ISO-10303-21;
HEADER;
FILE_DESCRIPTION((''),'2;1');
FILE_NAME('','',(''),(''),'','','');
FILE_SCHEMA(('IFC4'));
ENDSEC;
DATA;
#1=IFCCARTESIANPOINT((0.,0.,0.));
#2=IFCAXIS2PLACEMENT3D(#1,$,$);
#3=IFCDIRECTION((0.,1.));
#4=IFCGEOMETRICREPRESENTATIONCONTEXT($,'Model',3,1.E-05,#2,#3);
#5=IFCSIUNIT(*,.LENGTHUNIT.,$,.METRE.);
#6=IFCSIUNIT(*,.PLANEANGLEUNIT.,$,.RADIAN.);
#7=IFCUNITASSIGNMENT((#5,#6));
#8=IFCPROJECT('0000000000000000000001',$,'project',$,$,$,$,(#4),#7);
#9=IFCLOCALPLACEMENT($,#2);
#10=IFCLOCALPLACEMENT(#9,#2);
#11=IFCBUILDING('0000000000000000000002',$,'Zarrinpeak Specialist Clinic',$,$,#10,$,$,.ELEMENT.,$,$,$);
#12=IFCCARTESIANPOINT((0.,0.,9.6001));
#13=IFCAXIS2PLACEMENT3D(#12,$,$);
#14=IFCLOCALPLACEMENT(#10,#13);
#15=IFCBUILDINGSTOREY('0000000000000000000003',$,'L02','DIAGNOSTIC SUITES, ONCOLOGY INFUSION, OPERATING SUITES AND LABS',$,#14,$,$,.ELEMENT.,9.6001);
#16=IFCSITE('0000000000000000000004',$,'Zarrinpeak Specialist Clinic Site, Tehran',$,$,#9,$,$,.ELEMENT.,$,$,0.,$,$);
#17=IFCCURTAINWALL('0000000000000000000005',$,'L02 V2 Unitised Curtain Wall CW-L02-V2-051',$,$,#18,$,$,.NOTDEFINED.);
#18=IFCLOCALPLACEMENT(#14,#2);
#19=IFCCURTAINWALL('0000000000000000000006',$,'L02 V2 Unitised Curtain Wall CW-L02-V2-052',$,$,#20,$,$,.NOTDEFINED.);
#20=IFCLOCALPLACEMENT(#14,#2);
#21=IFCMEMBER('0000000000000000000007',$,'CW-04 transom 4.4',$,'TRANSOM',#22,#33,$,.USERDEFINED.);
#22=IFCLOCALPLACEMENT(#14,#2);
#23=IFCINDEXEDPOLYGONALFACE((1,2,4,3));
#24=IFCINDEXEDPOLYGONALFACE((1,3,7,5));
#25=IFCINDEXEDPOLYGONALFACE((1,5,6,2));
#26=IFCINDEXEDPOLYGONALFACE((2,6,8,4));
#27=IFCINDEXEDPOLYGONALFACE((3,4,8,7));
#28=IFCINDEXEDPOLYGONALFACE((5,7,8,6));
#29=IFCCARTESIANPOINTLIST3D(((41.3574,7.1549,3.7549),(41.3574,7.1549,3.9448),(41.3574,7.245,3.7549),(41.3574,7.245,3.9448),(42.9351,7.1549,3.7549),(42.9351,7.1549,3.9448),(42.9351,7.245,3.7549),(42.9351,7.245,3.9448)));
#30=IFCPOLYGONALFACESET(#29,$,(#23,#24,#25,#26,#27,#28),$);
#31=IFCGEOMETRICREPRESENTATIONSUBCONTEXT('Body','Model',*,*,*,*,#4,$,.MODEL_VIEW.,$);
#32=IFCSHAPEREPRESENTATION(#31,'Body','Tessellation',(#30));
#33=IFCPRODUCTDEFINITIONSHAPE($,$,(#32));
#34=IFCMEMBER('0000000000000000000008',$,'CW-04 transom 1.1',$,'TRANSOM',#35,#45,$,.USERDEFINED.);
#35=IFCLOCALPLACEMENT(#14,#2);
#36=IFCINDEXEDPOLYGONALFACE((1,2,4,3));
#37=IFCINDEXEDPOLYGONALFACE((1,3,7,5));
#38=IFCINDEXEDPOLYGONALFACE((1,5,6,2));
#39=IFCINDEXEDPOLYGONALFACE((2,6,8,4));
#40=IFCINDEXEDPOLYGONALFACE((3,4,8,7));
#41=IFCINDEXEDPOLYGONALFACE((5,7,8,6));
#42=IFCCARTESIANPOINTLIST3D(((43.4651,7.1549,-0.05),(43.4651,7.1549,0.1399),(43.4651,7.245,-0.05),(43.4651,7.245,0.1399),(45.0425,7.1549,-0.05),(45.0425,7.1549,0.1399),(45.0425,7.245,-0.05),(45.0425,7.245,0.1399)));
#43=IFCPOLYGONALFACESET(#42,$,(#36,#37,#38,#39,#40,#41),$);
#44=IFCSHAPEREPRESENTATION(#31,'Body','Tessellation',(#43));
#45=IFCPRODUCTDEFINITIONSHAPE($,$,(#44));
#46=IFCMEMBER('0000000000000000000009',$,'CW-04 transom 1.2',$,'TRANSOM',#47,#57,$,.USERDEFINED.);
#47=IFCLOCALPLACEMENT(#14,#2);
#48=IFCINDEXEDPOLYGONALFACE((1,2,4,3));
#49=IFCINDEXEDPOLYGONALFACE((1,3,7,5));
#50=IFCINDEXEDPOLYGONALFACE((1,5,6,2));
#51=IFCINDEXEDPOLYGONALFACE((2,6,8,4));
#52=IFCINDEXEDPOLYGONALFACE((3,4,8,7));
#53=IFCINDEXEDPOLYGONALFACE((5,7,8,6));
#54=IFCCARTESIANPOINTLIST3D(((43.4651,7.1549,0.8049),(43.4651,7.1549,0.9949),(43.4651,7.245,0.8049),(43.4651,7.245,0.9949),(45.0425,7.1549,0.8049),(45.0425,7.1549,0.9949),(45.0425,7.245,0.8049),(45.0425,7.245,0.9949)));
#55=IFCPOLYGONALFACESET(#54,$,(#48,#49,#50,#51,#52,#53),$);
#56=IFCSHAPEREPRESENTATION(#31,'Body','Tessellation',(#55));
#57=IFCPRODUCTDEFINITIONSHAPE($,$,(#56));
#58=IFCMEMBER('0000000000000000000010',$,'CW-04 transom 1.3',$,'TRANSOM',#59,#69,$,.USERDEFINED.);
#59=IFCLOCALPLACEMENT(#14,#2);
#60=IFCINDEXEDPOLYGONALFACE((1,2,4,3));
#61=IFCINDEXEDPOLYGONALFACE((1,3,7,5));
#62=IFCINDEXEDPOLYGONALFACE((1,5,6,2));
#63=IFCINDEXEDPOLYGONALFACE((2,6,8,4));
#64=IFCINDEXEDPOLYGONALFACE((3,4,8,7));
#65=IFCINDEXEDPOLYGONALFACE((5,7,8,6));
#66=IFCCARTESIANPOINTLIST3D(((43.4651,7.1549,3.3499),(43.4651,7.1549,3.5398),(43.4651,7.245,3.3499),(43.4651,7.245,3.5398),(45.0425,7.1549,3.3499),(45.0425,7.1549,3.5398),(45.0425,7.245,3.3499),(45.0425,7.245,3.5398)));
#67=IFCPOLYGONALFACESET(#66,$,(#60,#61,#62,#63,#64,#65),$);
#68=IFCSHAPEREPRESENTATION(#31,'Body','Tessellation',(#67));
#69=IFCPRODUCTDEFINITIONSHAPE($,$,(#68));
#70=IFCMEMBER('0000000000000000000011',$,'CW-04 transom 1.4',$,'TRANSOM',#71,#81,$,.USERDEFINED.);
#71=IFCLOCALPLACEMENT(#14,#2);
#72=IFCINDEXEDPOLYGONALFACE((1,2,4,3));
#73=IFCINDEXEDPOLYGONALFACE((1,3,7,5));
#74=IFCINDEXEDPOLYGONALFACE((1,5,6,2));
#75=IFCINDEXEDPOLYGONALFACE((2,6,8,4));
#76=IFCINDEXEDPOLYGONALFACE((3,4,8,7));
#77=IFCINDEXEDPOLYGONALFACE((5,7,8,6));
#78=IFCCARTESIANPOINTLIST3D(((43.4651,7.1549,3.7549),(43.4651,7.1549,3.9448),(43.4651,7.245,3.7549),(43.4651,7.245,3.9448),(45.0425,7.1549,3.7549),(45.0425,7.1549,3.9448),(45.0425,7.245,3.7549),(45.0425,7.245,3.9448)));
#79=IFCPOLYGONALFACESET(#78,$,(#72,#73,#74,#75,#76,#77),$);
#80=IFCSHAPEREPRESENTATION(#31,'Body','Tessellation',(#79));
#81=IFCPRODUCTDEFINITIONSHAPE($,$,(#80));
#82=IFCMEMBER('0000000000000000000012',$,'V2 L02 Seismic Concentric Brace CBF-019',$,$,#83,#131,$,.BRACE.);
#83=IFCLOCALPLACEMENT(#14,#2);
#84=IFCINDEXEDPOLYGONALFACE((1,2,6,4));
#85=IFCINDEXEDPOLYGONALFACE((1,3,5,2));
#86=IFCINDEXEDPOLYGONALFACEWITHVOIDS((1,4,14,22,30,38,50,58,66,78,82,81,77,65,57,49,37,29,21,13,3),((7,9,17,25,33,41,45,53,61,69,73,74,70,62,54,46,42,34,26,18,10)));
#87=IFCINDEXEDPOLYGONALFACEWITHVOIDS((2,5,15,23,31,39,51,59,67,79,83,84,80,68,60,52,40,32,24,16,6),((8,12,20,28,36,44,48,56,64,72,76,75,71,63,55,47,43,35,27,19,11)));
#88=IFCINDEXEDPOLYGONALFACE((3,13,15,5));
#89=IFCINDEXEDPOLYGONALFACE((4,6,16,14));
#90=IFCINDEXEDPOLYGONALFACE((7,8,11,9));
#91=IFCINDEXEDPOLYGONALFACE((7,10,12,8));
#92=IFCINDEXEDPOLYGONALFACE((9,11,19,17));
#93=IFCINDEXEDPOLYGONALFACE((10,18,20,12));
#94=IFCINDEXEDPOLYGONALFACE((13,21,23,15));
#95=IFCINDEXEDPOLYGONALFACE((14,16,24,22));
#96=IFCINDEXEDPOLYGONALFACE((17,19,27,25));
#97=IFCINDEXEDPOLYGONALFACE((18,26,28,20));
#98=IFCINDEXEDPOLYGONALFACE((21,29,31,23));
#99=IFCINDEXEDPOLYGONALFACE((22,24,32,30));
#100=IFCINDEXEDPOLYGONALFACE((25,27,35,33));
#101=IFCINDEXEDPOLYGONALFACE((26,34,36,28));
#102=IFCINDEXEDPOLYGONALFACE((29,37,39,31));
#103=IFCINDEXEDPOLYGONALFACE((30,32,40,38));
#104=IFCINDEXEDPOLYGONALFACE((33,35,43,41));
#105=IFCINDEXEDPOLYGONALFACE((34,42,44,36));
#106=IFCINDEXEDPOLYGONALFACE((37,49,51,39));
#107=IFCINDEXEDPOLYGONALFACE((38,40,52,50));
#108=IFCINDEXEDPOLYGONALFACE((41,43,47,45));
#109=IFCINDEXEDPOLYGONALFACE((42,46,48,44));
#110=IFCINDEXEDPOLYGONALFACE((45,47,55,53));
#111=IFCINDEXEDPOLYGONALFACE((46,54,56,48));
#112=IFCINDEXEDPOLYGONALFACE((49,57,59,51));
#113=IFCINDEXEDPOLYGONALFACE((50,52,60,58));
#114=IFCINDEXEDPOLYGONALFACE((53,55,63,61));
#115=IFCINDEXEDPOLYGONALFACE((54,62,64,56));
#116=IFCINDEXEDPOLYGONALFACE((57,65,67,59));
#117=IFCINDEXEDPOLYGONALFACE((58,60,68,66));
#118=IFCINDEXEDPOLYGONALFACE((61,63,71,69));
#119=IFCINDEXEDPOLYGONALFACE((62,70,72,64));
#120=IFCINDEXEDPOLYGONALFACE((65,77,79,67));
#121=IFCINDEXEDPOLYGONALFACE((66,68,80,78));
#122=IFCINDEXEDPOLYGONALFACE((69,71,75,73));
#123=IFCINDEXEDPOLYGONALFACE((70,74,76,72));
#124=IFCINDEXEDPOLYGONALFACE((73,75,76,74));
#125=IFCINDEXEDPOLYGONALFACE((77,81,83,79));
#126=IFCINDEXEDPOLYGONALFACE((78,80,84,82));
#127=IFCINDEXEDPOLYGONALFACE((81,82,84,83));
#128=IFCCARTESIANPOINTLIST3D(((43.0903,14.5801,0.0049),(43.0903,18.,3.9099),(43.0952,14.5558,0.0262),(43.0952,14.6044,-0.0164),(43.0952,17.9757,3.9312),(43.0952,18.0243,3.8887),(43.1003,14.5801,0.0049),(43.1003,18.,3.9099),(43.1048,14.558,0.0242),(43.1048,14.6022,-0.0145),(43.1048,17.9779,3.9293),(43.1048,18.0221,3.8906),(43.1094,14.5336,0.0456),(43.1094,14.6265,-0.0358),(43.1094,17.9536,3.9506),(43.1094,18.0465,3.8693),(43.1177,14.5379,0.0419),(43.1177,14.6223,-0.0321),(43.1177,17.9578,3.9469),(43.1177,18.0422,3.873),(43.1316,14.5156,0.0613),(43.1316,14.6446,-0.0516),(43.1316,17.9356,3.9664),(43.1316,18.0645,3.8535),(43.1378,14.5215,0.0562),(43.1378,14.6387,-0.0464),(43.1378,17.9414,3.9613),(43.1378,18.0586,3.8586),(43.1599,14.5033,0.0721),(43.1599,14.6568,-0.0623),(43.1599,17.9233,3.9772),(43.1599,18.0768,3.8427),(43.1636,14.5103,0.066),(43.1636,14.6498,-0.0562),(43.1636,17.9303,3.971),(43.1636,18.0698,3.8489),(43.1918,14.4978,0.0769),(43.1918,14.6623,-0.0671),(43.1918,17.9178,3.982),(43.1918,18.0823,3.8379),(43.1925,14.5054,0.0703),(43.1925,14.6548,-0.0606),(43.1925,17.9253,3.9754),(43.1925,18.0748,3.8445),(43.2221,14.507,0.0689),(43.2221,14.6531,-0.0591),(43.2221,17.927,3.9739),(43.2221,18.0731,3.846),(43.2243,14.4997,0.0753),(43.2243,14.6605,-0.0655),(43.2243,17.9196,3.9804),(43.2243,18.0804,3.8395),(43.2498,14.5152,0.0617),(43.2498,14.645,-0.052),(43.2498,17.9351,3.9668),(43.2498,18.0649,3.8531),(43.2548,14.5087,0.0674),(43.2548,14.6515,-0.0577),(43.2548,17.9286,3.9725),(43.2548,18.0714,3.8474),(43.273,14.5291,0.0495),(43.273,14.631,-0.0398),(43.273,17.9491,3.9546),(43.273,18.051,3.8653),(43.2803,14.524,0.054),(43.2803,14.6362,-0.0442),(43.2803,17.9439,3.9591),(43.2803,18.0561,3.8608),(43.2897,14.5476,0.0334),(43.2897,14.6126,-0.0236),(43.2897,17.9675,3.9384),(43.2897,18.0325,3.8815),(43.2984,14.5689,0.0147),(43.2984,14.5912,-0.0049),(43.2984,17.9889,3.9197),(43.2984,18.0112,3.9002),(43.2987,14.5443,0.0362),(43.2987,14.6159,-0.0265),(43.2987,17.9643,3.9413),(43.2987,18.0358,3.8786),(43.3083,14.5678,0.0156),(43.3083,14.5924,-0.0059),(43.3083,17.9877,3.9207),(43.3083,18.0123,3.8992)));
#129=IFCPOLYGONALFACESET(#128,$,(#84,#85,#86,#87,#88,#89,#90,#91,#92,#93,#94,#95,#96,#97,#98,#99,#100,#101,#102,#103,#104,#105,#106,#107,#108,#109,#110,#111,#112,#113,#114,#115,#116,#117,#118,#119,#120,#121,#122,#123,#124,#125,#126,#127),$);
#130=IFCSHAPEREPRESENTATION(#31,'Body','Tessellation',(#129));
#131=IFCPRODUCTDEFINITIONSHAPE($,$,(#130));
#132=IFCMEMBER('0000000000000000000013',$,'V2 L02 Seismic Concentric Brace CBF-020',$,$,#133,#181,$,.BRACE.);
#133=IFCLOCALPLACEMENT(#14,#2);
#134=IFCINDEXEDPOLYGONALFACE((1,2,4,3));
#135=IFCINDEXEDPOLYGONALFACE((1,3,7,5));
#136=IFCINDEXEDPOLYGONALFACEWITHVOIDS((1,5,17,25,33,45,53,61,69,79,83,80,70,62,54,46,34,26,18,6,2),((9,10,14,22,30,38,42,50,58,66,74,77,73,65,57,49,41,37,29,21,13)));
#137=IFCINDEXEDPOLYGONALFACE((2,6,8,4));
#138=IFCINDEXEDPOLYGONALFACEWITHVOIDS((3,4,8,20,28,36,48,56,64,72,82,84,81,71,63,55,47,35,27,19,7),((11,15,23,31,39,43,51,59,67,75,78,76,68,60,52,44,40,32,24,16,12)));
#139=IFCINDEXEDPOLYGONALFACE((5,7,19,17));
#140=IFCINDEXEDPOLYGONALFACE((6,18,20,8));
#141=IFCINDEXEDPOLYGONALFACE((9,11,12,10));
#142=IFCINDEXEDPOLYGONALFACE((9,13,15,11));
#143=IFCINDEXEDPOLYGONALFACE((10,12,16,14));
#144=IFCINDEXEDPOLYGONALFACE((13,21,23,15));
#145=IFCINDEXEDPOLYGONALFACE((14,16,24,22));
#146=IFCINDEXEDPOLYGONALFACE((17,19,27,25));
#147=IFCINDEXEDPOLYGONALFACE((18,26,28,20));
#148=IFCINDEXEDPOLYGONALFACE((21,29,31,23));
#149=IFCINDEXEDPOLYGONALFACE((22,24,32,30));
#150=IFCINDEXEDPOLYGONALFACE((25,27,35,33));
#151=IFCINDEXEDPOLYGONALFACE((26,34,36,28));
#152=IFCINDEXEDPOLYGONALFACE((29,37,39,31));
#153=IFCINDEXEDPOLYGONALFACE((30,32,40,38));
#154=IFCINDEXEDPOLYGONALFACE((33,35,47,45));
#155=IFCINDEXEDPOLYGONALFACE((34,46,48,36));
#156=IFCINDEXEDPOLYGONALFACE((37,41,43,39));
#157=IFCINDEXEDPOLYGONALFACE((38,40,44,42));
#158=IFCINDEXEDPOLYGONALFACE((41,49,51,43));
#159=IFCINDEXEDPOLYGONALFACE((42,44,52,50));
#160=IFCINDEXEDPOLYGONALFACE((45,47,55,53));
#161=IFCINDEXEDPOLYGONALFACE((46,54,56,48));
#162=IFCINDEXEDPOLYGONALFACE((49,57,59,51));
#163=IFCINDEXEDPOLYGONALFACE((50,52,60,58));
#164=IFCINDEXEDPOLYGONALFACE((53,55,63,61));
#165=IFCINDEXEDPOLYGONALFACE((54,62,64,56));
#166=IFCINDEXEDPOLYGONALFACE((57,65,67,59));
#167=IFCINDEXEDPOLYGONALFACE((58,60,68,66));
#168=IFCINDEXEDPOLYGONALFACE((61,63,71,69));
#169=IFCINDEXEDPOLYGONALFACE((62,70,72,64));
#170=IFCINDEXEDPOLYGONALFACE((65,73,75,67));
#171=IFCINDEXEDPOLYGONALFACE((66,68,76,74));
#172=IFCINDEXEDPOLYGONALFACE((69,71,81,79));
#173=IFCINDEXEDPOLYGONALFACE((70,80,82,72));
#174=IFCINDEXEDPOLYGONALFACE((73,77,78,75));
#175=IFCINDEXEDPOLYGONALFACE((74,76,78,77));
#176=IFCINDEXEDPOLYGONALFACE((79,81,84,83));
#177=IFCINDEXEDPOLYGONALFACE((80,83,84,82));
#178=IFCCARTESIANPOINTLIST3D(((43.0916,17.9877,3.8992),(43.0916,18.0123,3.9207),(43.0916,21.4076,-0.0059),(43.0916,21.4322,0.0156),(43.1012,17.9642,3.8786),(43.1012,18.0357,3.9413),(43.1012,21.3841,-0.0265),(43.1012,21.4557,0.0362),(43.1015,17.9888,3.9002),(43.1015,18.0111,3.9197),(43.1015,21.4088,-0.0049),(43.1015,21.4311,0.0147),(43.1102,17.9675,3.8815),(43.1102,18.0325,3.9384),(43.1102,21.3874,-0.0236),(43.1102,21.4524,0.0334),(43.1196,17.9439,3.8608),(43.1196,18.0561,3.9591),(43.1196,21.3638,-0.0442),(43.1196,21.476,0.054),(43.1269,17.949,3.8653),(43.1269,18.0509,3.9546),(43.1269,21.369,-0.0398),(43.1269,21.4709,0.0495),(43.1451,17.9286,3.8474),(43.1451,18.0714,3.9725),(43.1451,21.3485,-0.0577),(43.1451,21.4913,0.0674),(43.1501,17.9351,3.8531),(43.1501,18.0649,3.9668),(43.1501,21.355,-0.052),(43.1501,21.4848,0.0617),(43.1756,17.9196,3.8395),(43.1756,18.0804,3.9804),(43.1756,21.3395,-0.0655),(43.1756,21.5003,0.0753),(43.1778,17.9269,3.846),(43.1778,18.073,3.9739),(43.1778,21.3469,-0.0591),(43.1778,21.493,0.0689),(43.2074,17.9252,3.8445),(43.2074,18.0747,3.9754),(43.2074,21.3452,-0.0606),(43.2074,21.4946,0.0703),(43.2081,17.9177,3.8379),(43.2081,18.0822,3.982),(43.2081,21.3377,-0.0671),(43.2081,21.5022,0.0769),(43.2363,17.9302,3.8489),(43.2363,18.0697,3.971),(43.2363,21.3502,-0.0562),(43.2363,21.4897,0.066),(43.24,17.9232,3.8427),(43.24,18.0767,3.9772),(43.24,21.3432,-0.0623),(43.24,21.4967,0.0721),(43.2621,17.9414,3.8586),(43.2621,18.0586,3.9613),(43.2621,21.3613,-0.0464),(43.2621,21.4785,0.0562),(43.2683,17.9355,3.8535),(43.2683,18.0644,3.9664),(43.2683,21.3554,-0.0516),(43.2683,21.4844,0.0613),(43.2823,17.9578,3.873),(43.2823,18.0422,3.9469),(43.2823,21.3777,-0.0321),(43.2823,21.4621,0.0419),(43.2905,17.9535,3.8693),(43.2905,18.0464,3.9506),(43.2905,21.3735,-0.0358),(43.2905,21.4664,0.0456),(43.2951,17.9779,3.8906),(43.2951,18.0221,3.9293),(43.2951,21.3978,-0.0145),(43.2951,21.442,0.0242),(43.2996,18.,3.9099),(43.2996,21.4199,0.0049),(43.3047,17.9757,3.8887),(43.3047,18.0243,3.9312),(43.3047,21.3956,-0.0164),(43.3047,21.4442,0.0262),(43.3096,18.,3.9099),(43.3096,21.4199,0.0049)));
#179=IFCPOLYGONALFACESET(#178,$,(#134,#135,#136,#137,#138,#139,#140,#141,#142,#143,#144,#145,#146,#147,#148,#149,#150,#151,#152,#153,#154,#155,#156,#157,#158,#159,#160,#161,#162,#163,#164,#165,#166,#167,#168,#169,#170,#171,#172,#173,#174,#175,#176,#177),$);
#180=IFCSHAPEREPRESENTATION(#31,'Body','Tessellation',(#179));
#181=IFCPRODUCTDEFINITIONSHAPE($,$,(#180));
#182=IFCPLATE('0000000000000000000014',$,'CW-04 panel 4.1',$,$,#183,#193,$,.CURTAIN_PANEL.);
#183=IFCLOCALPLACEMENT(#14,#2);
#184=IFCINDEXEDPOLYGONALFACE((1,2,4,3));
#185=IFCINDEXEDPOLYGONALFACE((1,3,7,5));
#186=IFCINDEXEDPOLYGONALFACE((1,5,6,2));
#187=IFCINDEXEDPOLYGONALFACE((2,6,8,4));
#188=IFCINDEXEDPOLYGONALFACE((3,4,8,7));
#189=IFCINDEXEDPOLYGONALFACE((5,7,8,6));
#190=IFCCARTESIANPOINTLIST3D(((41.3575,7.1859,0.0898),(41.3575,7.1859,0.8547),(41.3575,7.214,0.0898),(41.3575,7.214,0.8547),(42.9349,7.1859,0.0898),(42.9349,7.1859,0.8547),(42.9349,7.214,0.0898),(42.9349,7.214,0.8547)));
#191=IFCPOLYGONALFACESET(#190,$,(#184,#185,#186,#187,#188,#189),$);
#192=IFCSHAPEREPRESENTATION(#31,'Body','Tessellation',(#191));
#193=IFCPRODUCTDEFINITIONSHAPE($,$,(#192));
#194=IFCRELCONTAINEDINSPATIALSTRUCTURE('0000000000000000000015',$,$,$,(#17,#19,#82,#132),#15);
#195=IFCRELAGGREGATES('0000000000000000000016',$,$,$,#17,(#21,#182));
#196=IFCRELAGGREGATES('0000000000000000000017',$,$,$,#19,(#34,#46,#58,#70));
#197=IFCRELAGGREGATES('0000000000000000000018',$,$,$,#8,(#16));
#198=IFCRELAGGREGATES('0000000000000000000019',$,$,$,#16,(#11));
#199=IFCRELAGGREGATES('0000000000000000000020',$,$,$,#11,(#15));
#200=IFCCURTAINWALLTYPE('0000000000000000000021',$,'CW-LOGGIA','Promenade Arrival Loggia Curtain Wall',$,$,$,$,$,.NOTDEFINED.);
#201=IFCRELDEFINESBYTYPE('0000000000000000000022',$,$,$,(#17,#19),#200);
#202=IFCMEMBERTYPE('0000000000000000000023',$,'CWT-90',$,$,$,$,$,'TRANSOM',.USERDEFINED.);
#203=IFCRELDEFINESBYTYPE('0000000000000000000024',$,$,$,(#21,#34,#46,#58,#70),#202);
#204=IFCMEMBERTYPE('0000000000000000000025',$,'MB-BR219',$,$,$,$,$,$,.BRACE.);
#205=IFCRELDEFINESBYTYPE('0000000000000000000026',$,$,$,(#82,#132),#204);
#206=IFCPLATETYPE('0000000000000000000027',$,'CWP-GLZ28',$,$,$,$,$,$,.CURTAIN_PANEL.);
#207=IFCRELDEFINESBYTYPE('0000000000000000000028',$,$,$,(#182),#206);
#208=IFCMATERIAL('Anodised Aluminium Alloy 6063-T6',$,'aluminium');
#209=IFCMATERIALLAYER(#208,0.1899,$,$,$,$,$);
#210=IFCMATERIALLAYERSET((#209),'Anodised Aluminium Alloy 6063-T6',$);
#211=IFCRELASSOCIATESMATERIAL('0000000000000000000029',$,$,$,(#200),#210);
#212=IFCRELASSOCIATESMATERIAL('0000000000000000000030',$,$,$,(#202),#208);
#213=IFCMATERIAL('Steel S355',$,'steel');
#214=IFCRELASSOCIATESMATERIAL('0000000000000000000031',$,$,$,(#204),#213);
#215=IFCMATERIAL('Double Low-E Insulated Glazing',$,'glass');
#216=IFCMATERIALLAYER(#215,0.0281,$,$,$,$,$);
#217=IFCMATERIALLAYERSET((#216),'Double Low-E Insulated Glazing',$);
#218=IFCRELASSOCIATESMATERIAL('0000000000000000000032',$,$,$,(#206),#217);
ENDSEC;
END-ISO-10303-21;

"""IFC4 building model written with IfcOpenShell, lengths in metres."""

from ifc_helpers import new_model, si_unit, direction, frame, origin, origin_2d, place, context, subcontext, project, spatial, rectangle, hollow_circle, extrude, material, layer, layer_set, material_profile, profile_set, type_object, element, aggregate, save


model = new_model("IFC4")

# Units and contexts
model_context = context("Model", 3, precision=1e-05, world=origin(), true_north=direction((0.0, 1.0)))
body_context = subcontext(model_context, "Body", "Model", "MODEL_VIEW")
ifc_project = project(units=[si_unit("LENGTHUNIT", "METRE"), si_unit("PLANEANGLEUNIT", "RADIAN")], contexts=[model_context])

# Site, building, storey
site_placement = place(None, origin())
site = spatial("IfcSite", under=ifc_project, at=site_placement, Name="Zarrinpeak Specialist Clinic Site, Tehran", CompositionType="ELEMENT", RefElevation=0.0)
building_placement = place(site_placement, origin())
building = spatial("IfcBuilding", under=site, at=building_placement, Name="Zarrinpeak Specialist Clinic", CompositionType="ELEMENT")
storey_placement = place(building_placement, frame((0.0, 0.0, 9.6001)))
storey = spatial("IfcBuildingStorey", under=building, at=storey_placement, Name="L02", Description="DIAGNOSTIC SUITES, ONCOLOGY INFUSION, OPERATING SUITES AND LABS", CompositionType="ELEMENT", Elevation=9.6001)

# Shared definitions
ifc_material_1 = material(Name="Steel S355", Category="steel")

# Curtain walls
ifc_material_2 = material(Name="Anodised Aluminium Alloy 6063-T6", Category="aluminium")
ifc_layer_1 = layer(ifc_material_2, 0.1899)
ifc_layer_set_1 = layer_set([ifc_layer_1], Name="Anodised Aluminium Alloy 6063-T6")
curtain_wall_type = type_object("IfcCurtainWallType", Name="CW-LOGGIA", Description="Promenade Arrival Loggia Curtain Wall", PredefinedType="NOTDEFINED", material=ifc_layer_set_1)
curtain_wall_1_placement = place(storey_placement, origin())
curtain_wall_1 = element("IfcCurtainWall", 1, at=curtain_wall_1_placement, inside=storey, type_object=curtain_wall_type, Name="L02 V2 Unitised Curtain Wall CW-L02-V2-051", PredefinedType="NOTDEFINED")
curtain_wall_2_placement = place(storey_placement, origin())
curtain_wall_2 = element("IfcCurtainWall", 2, at=curtain_wall_2_placement, inside=storey, type_object=curtain_wall_type, Name="L02 V2 Unitised Curtain Wall CW-L02-V2-052", PredefinedType="NOTDEFINED")

# Members
ifc_material_profile_1 = material_profile(ifc_material_2, rectangle(XDim=0.0901, YDim=0.1899, at=origin_2d()), Name="ALU 90x190")
ifc_profile_set_1 = profile_set([ifc_material_profile_1], Name="Anodised Aluminium Alloy 6063-T6")
member_type_1 = type_object("IfcMemberType", Name="CWT-90", ElementType="TRANSOM", PredefinedType="USERDEFINED", material=ifc_profile_set_1)
member_1_placement = place(storey_placement, frame((41.3574, 7.2, 3.8499), z_axis=(1.0, 0.0, 0.0), x_axis=(0.0, 1.0, 0.0)))
member_1 = element("IfcMember", 3, at=member_1_placement, type_object=member_type_1, Name="CW-04 transom 4.4", ObjectType="TRANSOM", PredefinedType="USERDEFINED", context=body_context, shape_type="SweptSolid", body=[
    extrude(rectangle(XDim=0.0901, YDim=0.1899, at=origin_2d()), origin(), (0.0, 0.0, 1.0), 1.5776),
])
member_2_placement = place(storey_placement, frame((43.4651, 7.2, 0.0449), z_axis=(1.0, 0.0, 0.0), x_axis=(0.0, 1.0, 0.0)))
member_2 = element("IfcMember", 4, at=member_2_placement, type_object=member_type_1, Name="CW-04 transom 1.1", ObjectType="TRANSOM", PredefinedType="USERDEFINED", context=body_context, shape_type="SweptSolid", body=[
    extrude(rectangle(XDim=0.0901, YDim=0.1899, at=origin_2d()), origin(), (0.0, 0.0, 1.0), 1.5774),
])
member_3_placement = place(storey_placement, frame((43.4651, 7.2, 0.8999), z_axis=(1.0, 0.0, 0.0), x_axis=(0.0, 1.0, 0.0)))
member_3 = element("IfcMember", 5, at=member_3_placement, type_object=member_type_1, Name="CW-04 transom 1.2", ObjectType="TRANSOM", PredefinedType="USERDEFINED", context=body_context, shape_type="SweptSolid", body=[
    extrude(rectangle(XDim=0.0901, YDim=0.1899, at=origin_2d()), origin(), (0.0, 0.0, 1.0), 1.5774),
])
member_4_placement = place(storey_placement, frame((43.4651, 7.2, 3.4448), z_axis=(1.0, 0.0, 0.0), x_axis=(0.0, 1.0, 0.0)))
member_4 = element("IfcMember", 6, at=member_4_placement, type_object=member_type_1, Name="CW-04 transom 1.3", ObjectType="TRANSOM", PredefinedType="USERDEFINED", context=body_context, shape_type="SweptSolid", body=[
    extrude(rectangle(XDim=0.0901, YDim=0.1899, at=origin_2d()), origin(), (0.0, 0.0, 1.0), 1.5774),
])
member_5_placement = place(storey_placement, frame((43.4651, 7.2, 3.8499), z_axis=(1.0, 0.0, 0.0), x_axis=(0.0, 1.0, 0.0)))
member_5 = element("IfcMember", 7, at=member_5_placement, type_object=member_type_1, Name="CW-04 transom 1.4", ObjectType="TRANSOM", PredefinedType="USERDEFINED", context=body_context, shape_type="SweptSolid", body=[
    extrude(rectangle(XDim=0.0901, YDim=0.1899, at=origin_2d()), origin(), (0.0, 0.0, 1.0), 1.5774),
])

# Members
ifc_material_profile_2 = material_profile(ifc_material_1, hollow_circle(Radius=0.1096, WallThickness=0.01, at=origin_2d()), Name="CHS 219.1x10.0")
ifc_profile_set_2 = profile_set([ifc_material_profile_2], Name="Steel S355")
member_type_2 = type_object("IfcMemberType", Name="MB-BR219", PredefinedType="BRACE", material=ifc_profile_set_2)
for number, where, z_axis, x_axis, name in (
    (8, (43.2, 14.5801, 0.0049), (0.0, 0.658834, 0.752288), (-1.0, 0.0, 0.0), "V2 L02 Seismic Concentric Brace CBF-019"),
    (9, (43.2, 21.4199, 0.0049), (0.0, -0.658834, 0.752288), (1.0, 0.0, 0.0), "V2 L02 Seismic Concentric Brace CBF-020"),
):
    element("IfcMember", number, at=place(storey_placement, frame(where, z_axis=z_axis, x_axis=x_axis)), inside=storey, type_object=member_type_2, Name=name, PredefinedType="BRACE", context=body_context, shape_type="SweptSolid", body=[
        extrude(hollow_circle(Radius=0.1096, WallThickness=0.01, at=origin_2d()), origin(), (0.0, 0.0, 1.0), 5.1909),
    ])

# Plate
ifc_material_3 = material(Name="Double Low-E Insulated Glazing", Category="glass")
ifc_layer_2 = layer(ifc_material_3, 0.0281)
ifc_layer_set_2 = layer_set([ifc_layer_2], Name="Double Low-E Insulated Glazing")
plate_type_1 = type_object("IfcPlateType", Name="CWP-GLZ28", PredefinedType="CURTAIN_PANEL", material=ifc_layer_set_2)
plate_1_placement = place(storey_placement, frame((42.1462, 7.2, 0.0898), z_axis=(0.0, 0.0, 1.0), x_axis=(1.0, 0.0, 0.0)))
plate_1 = element("IfcPlate", 10, at=plate_1_placement, type_object=plate_type_1, Name="CW-04 panel 4.1", PredefinedType="CURTAIN_PANEL", context=body_context, shape_type="SweptSolid", body=[
    extrude(rectangle(XDim=1.5774, YDim=0.0281, at=origin_2d()), origin(), (0.0, 0.0, 1.0), 0.7649),
])
aggregate(curtain_wall_1, [member_1, plate_1])
aggregate(curtain_wall_2, [member_2, member_3, member_4, member_5])

save(model, "model.ifc")
